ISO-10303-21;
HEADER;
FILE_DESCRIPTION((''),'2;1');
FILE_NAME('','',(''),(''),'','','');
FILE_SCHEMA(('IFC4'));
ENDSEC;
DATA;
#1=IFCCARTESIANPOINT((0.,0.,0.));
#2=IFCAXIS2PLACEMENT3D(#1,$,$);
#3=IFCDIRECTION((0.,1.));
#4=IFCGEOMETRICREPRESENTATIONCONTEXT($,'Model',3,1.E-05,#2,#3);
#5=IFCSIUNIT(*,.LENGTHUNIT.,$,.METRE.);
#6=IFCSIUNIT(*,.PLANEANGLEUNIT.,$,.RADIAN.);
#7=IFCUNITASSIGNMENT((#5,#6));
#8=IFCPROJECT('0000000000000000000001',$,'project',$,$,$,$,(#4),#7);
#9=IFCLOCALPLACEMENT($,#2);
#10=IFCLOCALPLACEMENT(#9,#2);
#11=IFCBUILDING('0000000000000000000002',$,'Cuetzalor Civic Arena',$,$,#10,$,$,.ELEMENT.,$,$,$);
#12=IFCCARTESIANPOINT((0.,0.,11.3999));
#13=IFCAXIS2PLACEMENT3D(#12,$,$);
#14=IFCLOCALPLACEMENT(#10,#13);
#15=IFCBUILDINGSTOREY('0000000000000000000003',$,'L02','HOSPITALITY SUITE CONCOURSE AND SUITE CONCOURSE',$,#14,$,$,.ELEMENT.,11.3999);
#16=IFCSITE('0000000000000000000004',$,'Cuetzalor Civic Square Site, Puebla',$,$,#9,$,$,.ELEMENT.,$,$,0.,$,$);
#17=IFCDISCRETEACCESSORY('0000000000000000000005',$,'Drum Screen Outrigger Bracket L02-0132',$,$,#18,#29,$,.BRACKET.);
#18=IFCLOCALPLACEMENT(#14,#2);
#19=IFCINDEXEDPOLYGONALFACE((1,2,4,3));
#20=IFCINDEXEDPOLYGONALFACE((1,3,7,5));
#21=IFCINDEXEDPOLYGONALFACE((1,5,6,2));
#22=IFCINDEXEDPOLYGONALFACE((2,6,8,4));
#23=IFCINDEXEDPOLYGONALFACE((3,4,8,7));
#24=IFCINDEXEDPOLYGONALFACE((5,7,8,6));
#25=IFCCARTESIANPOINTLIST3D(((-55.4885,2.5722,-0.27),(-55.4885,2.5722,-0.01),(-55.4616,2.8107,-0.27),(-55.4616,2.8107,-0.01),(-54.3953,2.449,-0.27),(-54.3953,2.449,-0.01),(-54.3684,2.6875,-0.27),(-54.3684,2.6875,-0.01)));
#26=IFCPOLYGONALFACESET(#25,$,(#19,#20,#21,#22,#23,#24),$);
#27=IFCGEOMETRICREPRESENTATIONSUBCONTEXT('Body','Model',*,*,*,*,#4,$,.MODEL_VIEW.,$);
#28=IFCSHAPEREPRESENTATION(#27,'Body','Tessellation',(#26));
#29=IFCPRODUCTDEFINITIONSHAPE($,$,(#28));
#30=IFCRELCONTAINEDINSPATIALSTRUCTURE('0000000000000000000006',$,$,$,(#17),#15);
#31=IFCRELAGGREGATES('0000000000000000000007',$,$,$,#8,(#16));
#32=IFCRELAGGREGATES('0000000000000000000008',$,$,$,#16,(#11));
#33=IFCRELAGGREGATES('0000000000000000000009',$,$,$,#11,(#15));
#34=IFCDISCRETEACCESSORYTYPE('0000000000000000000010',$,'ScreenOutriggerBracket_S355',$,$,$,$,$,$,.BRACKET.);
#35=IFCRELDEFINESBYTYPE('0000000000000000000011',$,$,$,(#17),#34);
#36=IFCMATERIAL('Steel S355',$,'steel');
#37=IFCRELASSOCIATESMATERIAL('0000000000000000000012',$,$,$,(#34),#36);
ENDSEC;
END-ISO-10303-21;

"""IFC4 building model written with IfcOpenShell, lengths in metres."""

from ifc_helpers import new_model, si_unit, direction, frame, origin, origin_2d, place, context, subcontext, project, spatial, rectangle, extrude, material, type_object, element, save


model = new_model("IFC4")

# Units and contexts
model_context = context("Model", 3, precision=1e-05, world=origin(), true_north=direction((0.0, 1.0)))
body_context = subcontext(model_context, "Body", "Model", "MODEL_VIEW")
ifc_project = project(units=[si_unit("LENGTHUNIT", "METRE"), si_unit("PLANEANGLEUNIT", "RADIAN")], contexts=[model_context])

# Site, building, storey
site_placement = place(None, origin())
site = spatial("IfcSite", under=ifc_project, at=site_placement, Name="Cuetzalor Civic Square Site, Puebla", CompositionType="ELEMENT", RefElevation=0.0)
building_placement = place(site_placement, origin())
building = spatial("IfcBuilding", under=site, at=building_placement, Name="Cuetzalor Civic Arena", CompositionType="ELEMENT")
storey_placement = place(building_placement, frame((0.0, 0.0, 11.3999)))
storey = spatial("IfcBuildingStorey", under=building, at=storey_placement, Name="L02", Description="HOSPITALITY SUITE CONCOURSE AND SUITE CONCOURSE", CompositionType="ELEMENT", Elevation=11.3999)

# Discrete accessory
ifc_material_1 = material(Name="Steel S355", Category="steel")
discrete_accessory_type_1 = type_object("IfcDiscreteAccessoryType", Name="ScreenOutriggerBracket_S355", PredefinedType="BRACKET", material=ifc_material_1)
discrete_accessory_placement = place(storey_placement, frame((-54.9285, 2.6299, -0.27), z_axis=(0.0, 0.0, 1.0), x_axis=(-0.993709, 0.111989, 0.0)))
element("IfcDiscreteAccessory", 1, at=discrete_accessory_placement, inside=storey, type_object=discrete_accessory_type_1, Name="Drum Screen Outrigger Bracket L02-0132", PredefinedType="BRACKET", context=body_context, shape_type="SweptSolid", body=[
    extrude(rectangle(XDim=1.1001, YDim=0.24, at=origin_2d()), origin(), (0.0, 0.0, 1.0), 0.26),
])

save(model, "model.ifc")
